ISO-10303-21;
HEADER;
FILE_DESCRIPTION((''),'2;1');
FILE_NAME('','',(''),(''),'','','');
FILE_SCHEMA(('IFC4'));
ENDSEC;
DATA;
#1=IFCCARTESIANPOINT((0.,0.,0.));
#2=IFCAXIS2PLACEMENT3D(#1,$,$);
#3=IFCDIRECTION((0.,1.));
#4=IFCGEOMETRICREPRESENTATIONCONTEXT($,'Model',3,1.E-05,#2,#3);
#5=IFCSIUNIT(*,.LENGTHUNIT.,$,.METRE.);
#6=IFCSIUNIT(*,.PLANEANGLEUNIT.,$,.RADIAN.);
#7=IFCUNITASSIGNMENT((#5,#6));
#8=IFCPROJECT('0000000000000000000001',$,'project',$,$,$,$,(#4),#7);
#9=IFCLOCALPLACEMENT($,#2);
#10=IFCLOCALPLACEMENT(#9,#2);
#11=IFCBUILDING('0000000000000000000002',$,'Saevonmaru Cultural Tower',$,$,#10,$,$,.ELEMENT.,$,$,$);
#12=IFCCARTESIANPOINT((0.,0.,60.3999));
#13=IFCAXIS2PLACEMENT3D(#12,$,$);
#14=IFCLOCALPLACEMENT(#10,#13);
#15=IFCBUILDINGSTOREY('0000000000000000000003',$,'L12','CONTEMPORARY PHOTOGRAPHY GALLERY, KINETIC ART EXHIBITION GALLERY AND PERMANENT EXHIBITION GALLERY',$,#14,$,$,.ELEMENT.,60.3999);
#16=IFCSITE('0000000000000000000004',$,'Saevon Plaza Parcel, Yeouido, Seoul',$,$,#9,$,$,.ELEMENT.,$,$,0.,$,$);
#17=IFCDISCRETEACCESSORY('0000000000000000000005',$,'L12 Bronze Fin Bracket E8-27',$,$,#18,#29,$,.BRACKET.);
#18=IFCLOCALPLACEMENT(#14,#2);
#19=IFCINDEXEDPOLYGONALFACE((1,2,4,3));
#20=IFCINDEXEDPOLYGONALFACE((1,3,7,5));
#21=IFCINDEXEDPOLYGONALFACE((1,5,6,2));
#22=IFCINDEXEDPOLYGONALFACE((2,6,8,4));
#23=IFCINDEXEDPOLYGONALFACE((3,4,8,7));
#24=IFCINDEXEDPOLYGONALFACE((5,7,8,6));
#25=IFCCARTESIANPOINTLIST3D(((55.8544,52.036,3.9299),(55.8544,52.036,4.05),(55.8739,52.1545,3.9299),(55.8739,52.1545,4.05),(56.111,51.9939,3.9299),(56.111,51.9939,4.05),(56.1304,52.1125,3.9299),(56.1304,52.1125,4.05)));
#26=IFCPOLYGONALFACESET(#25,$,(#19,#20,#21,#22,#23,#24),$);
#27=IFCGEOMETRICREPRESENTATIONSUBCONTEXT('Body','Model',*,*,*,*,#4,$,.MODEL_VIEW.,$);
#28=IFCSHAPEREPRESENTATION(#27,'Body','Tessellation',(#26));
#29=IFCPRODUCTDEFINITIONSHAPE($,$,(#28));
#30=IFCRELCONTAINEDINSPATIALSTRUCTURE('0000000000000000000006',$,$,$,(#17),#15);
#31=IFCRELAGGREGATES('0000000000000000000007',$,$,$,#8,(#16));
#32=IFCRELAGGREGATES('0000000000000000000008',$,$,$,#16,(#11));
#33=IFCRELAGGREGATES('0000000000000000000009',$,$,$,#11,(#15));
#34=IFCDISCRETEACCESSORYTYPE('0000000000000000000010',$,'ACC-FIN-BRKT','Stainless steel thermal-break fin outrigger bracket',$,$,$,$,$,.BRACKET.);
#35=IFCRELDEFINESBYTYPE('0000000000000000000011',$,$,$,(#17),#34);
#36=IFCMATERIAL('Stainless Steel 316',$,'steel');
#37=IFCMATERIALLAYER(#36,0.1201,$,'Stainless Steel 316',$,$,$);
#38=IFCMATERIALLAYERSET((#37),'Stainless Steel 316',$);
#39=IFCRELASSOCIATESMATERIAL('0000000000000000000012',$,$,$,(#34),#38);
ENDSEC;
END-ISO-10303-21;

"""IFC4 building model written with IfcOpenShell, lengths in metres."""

from ifc_helpers import new_model, si_unit, direction, frame, origin, origin_2d, place, context, subcontext, project, spatial, rectangle, extrude, material, layer, layer_set, type_object, element, save


model = new_model("IFC4")

# Units and contexts
model_context = context("Model", 3, precision=1e-05, world=origin(), true_north=direction((0.0, 1.0)))
body_context = subcontext(model_context, "Body", "Model", "MODEL_VIEW")
ifc_project = project(units=[si_unit("LENGTHUNIT", "METRE"), si_unit("PLANEANGLEUNIT", "RADIAN")], contexts=[model_context])

# Site, building, storey
site_placement = place(None, origin())
site = spatial("IfcSite", under=ifc_project, at=site_placement, Name="Saevon Plaza Parcel, Yeouido, Seoul", CompositionType="ELEMENT", RefElevation=0.0)
building_placement = place(site_placement, origin())
building = spatial("IfcBuilding", under=site, at=building_placement, Name="Saevonmaru Cultural Tower", CompositionType="ELEMENT")
storey_placement = place(building_placement, frame((0.0, 0.0, 60.3999)))
storey = spatial("IfcBuildingStorey", under=building, at=storey_placement, Name="L12", Description="CONTEMPORARY PHOTOGRAPHY GALLERY, KINETIC ART EXHIBITION GALLERY AND PERMANENT EXHIBITION GALLERY", CompositionType="ELEMENT", Elevation=60.3999)

# Discrete accessory
ifc_material_1 = material(Name="Stainless Steel 316", Category="steel")
ifc_layer_1 = layer(ifc_material_1, 0.1201, Name="Stainless Steel 316")
ifc_layer_set_1 = layer_set([ifc_layer_1], Name="Stainless Steel 316")
discrete_accessory_type = type_object("IfcDiscreteAccessoryType", Name="ACC-FIN-BRKT", Description="Stainless steel thermal-break fin outrigger bracket", PredefinedType="BRACKET", material=ifc_layer_set_1)
for number, where, z_axis, x_axis, name in (
    (1, (55.9924, 52.0742, 3.9299), (0.0, 0.0, 1.0), (0.986827, -0.161776, 0.0), "L12 Bronze Fin Bracket E8-27"),
):
    element("IfcDiscreteAccessory", number, at=place(storey_placement, frame(where, z_axis=z_axis, x_axis=x_axis)), inside=storey, type_object=discrete_accessory_type, Name=name, PredefinedType="BRACKET", context=body_context, shape_type="SweptSolid", body=[
        extrude(rectangle(XDim=0.26, YDim=0.1201, at=origin_2d()), origin(), (0.0, 0.0, 1.0), 0.1201),
    ])

save(model, "model.ifc")
